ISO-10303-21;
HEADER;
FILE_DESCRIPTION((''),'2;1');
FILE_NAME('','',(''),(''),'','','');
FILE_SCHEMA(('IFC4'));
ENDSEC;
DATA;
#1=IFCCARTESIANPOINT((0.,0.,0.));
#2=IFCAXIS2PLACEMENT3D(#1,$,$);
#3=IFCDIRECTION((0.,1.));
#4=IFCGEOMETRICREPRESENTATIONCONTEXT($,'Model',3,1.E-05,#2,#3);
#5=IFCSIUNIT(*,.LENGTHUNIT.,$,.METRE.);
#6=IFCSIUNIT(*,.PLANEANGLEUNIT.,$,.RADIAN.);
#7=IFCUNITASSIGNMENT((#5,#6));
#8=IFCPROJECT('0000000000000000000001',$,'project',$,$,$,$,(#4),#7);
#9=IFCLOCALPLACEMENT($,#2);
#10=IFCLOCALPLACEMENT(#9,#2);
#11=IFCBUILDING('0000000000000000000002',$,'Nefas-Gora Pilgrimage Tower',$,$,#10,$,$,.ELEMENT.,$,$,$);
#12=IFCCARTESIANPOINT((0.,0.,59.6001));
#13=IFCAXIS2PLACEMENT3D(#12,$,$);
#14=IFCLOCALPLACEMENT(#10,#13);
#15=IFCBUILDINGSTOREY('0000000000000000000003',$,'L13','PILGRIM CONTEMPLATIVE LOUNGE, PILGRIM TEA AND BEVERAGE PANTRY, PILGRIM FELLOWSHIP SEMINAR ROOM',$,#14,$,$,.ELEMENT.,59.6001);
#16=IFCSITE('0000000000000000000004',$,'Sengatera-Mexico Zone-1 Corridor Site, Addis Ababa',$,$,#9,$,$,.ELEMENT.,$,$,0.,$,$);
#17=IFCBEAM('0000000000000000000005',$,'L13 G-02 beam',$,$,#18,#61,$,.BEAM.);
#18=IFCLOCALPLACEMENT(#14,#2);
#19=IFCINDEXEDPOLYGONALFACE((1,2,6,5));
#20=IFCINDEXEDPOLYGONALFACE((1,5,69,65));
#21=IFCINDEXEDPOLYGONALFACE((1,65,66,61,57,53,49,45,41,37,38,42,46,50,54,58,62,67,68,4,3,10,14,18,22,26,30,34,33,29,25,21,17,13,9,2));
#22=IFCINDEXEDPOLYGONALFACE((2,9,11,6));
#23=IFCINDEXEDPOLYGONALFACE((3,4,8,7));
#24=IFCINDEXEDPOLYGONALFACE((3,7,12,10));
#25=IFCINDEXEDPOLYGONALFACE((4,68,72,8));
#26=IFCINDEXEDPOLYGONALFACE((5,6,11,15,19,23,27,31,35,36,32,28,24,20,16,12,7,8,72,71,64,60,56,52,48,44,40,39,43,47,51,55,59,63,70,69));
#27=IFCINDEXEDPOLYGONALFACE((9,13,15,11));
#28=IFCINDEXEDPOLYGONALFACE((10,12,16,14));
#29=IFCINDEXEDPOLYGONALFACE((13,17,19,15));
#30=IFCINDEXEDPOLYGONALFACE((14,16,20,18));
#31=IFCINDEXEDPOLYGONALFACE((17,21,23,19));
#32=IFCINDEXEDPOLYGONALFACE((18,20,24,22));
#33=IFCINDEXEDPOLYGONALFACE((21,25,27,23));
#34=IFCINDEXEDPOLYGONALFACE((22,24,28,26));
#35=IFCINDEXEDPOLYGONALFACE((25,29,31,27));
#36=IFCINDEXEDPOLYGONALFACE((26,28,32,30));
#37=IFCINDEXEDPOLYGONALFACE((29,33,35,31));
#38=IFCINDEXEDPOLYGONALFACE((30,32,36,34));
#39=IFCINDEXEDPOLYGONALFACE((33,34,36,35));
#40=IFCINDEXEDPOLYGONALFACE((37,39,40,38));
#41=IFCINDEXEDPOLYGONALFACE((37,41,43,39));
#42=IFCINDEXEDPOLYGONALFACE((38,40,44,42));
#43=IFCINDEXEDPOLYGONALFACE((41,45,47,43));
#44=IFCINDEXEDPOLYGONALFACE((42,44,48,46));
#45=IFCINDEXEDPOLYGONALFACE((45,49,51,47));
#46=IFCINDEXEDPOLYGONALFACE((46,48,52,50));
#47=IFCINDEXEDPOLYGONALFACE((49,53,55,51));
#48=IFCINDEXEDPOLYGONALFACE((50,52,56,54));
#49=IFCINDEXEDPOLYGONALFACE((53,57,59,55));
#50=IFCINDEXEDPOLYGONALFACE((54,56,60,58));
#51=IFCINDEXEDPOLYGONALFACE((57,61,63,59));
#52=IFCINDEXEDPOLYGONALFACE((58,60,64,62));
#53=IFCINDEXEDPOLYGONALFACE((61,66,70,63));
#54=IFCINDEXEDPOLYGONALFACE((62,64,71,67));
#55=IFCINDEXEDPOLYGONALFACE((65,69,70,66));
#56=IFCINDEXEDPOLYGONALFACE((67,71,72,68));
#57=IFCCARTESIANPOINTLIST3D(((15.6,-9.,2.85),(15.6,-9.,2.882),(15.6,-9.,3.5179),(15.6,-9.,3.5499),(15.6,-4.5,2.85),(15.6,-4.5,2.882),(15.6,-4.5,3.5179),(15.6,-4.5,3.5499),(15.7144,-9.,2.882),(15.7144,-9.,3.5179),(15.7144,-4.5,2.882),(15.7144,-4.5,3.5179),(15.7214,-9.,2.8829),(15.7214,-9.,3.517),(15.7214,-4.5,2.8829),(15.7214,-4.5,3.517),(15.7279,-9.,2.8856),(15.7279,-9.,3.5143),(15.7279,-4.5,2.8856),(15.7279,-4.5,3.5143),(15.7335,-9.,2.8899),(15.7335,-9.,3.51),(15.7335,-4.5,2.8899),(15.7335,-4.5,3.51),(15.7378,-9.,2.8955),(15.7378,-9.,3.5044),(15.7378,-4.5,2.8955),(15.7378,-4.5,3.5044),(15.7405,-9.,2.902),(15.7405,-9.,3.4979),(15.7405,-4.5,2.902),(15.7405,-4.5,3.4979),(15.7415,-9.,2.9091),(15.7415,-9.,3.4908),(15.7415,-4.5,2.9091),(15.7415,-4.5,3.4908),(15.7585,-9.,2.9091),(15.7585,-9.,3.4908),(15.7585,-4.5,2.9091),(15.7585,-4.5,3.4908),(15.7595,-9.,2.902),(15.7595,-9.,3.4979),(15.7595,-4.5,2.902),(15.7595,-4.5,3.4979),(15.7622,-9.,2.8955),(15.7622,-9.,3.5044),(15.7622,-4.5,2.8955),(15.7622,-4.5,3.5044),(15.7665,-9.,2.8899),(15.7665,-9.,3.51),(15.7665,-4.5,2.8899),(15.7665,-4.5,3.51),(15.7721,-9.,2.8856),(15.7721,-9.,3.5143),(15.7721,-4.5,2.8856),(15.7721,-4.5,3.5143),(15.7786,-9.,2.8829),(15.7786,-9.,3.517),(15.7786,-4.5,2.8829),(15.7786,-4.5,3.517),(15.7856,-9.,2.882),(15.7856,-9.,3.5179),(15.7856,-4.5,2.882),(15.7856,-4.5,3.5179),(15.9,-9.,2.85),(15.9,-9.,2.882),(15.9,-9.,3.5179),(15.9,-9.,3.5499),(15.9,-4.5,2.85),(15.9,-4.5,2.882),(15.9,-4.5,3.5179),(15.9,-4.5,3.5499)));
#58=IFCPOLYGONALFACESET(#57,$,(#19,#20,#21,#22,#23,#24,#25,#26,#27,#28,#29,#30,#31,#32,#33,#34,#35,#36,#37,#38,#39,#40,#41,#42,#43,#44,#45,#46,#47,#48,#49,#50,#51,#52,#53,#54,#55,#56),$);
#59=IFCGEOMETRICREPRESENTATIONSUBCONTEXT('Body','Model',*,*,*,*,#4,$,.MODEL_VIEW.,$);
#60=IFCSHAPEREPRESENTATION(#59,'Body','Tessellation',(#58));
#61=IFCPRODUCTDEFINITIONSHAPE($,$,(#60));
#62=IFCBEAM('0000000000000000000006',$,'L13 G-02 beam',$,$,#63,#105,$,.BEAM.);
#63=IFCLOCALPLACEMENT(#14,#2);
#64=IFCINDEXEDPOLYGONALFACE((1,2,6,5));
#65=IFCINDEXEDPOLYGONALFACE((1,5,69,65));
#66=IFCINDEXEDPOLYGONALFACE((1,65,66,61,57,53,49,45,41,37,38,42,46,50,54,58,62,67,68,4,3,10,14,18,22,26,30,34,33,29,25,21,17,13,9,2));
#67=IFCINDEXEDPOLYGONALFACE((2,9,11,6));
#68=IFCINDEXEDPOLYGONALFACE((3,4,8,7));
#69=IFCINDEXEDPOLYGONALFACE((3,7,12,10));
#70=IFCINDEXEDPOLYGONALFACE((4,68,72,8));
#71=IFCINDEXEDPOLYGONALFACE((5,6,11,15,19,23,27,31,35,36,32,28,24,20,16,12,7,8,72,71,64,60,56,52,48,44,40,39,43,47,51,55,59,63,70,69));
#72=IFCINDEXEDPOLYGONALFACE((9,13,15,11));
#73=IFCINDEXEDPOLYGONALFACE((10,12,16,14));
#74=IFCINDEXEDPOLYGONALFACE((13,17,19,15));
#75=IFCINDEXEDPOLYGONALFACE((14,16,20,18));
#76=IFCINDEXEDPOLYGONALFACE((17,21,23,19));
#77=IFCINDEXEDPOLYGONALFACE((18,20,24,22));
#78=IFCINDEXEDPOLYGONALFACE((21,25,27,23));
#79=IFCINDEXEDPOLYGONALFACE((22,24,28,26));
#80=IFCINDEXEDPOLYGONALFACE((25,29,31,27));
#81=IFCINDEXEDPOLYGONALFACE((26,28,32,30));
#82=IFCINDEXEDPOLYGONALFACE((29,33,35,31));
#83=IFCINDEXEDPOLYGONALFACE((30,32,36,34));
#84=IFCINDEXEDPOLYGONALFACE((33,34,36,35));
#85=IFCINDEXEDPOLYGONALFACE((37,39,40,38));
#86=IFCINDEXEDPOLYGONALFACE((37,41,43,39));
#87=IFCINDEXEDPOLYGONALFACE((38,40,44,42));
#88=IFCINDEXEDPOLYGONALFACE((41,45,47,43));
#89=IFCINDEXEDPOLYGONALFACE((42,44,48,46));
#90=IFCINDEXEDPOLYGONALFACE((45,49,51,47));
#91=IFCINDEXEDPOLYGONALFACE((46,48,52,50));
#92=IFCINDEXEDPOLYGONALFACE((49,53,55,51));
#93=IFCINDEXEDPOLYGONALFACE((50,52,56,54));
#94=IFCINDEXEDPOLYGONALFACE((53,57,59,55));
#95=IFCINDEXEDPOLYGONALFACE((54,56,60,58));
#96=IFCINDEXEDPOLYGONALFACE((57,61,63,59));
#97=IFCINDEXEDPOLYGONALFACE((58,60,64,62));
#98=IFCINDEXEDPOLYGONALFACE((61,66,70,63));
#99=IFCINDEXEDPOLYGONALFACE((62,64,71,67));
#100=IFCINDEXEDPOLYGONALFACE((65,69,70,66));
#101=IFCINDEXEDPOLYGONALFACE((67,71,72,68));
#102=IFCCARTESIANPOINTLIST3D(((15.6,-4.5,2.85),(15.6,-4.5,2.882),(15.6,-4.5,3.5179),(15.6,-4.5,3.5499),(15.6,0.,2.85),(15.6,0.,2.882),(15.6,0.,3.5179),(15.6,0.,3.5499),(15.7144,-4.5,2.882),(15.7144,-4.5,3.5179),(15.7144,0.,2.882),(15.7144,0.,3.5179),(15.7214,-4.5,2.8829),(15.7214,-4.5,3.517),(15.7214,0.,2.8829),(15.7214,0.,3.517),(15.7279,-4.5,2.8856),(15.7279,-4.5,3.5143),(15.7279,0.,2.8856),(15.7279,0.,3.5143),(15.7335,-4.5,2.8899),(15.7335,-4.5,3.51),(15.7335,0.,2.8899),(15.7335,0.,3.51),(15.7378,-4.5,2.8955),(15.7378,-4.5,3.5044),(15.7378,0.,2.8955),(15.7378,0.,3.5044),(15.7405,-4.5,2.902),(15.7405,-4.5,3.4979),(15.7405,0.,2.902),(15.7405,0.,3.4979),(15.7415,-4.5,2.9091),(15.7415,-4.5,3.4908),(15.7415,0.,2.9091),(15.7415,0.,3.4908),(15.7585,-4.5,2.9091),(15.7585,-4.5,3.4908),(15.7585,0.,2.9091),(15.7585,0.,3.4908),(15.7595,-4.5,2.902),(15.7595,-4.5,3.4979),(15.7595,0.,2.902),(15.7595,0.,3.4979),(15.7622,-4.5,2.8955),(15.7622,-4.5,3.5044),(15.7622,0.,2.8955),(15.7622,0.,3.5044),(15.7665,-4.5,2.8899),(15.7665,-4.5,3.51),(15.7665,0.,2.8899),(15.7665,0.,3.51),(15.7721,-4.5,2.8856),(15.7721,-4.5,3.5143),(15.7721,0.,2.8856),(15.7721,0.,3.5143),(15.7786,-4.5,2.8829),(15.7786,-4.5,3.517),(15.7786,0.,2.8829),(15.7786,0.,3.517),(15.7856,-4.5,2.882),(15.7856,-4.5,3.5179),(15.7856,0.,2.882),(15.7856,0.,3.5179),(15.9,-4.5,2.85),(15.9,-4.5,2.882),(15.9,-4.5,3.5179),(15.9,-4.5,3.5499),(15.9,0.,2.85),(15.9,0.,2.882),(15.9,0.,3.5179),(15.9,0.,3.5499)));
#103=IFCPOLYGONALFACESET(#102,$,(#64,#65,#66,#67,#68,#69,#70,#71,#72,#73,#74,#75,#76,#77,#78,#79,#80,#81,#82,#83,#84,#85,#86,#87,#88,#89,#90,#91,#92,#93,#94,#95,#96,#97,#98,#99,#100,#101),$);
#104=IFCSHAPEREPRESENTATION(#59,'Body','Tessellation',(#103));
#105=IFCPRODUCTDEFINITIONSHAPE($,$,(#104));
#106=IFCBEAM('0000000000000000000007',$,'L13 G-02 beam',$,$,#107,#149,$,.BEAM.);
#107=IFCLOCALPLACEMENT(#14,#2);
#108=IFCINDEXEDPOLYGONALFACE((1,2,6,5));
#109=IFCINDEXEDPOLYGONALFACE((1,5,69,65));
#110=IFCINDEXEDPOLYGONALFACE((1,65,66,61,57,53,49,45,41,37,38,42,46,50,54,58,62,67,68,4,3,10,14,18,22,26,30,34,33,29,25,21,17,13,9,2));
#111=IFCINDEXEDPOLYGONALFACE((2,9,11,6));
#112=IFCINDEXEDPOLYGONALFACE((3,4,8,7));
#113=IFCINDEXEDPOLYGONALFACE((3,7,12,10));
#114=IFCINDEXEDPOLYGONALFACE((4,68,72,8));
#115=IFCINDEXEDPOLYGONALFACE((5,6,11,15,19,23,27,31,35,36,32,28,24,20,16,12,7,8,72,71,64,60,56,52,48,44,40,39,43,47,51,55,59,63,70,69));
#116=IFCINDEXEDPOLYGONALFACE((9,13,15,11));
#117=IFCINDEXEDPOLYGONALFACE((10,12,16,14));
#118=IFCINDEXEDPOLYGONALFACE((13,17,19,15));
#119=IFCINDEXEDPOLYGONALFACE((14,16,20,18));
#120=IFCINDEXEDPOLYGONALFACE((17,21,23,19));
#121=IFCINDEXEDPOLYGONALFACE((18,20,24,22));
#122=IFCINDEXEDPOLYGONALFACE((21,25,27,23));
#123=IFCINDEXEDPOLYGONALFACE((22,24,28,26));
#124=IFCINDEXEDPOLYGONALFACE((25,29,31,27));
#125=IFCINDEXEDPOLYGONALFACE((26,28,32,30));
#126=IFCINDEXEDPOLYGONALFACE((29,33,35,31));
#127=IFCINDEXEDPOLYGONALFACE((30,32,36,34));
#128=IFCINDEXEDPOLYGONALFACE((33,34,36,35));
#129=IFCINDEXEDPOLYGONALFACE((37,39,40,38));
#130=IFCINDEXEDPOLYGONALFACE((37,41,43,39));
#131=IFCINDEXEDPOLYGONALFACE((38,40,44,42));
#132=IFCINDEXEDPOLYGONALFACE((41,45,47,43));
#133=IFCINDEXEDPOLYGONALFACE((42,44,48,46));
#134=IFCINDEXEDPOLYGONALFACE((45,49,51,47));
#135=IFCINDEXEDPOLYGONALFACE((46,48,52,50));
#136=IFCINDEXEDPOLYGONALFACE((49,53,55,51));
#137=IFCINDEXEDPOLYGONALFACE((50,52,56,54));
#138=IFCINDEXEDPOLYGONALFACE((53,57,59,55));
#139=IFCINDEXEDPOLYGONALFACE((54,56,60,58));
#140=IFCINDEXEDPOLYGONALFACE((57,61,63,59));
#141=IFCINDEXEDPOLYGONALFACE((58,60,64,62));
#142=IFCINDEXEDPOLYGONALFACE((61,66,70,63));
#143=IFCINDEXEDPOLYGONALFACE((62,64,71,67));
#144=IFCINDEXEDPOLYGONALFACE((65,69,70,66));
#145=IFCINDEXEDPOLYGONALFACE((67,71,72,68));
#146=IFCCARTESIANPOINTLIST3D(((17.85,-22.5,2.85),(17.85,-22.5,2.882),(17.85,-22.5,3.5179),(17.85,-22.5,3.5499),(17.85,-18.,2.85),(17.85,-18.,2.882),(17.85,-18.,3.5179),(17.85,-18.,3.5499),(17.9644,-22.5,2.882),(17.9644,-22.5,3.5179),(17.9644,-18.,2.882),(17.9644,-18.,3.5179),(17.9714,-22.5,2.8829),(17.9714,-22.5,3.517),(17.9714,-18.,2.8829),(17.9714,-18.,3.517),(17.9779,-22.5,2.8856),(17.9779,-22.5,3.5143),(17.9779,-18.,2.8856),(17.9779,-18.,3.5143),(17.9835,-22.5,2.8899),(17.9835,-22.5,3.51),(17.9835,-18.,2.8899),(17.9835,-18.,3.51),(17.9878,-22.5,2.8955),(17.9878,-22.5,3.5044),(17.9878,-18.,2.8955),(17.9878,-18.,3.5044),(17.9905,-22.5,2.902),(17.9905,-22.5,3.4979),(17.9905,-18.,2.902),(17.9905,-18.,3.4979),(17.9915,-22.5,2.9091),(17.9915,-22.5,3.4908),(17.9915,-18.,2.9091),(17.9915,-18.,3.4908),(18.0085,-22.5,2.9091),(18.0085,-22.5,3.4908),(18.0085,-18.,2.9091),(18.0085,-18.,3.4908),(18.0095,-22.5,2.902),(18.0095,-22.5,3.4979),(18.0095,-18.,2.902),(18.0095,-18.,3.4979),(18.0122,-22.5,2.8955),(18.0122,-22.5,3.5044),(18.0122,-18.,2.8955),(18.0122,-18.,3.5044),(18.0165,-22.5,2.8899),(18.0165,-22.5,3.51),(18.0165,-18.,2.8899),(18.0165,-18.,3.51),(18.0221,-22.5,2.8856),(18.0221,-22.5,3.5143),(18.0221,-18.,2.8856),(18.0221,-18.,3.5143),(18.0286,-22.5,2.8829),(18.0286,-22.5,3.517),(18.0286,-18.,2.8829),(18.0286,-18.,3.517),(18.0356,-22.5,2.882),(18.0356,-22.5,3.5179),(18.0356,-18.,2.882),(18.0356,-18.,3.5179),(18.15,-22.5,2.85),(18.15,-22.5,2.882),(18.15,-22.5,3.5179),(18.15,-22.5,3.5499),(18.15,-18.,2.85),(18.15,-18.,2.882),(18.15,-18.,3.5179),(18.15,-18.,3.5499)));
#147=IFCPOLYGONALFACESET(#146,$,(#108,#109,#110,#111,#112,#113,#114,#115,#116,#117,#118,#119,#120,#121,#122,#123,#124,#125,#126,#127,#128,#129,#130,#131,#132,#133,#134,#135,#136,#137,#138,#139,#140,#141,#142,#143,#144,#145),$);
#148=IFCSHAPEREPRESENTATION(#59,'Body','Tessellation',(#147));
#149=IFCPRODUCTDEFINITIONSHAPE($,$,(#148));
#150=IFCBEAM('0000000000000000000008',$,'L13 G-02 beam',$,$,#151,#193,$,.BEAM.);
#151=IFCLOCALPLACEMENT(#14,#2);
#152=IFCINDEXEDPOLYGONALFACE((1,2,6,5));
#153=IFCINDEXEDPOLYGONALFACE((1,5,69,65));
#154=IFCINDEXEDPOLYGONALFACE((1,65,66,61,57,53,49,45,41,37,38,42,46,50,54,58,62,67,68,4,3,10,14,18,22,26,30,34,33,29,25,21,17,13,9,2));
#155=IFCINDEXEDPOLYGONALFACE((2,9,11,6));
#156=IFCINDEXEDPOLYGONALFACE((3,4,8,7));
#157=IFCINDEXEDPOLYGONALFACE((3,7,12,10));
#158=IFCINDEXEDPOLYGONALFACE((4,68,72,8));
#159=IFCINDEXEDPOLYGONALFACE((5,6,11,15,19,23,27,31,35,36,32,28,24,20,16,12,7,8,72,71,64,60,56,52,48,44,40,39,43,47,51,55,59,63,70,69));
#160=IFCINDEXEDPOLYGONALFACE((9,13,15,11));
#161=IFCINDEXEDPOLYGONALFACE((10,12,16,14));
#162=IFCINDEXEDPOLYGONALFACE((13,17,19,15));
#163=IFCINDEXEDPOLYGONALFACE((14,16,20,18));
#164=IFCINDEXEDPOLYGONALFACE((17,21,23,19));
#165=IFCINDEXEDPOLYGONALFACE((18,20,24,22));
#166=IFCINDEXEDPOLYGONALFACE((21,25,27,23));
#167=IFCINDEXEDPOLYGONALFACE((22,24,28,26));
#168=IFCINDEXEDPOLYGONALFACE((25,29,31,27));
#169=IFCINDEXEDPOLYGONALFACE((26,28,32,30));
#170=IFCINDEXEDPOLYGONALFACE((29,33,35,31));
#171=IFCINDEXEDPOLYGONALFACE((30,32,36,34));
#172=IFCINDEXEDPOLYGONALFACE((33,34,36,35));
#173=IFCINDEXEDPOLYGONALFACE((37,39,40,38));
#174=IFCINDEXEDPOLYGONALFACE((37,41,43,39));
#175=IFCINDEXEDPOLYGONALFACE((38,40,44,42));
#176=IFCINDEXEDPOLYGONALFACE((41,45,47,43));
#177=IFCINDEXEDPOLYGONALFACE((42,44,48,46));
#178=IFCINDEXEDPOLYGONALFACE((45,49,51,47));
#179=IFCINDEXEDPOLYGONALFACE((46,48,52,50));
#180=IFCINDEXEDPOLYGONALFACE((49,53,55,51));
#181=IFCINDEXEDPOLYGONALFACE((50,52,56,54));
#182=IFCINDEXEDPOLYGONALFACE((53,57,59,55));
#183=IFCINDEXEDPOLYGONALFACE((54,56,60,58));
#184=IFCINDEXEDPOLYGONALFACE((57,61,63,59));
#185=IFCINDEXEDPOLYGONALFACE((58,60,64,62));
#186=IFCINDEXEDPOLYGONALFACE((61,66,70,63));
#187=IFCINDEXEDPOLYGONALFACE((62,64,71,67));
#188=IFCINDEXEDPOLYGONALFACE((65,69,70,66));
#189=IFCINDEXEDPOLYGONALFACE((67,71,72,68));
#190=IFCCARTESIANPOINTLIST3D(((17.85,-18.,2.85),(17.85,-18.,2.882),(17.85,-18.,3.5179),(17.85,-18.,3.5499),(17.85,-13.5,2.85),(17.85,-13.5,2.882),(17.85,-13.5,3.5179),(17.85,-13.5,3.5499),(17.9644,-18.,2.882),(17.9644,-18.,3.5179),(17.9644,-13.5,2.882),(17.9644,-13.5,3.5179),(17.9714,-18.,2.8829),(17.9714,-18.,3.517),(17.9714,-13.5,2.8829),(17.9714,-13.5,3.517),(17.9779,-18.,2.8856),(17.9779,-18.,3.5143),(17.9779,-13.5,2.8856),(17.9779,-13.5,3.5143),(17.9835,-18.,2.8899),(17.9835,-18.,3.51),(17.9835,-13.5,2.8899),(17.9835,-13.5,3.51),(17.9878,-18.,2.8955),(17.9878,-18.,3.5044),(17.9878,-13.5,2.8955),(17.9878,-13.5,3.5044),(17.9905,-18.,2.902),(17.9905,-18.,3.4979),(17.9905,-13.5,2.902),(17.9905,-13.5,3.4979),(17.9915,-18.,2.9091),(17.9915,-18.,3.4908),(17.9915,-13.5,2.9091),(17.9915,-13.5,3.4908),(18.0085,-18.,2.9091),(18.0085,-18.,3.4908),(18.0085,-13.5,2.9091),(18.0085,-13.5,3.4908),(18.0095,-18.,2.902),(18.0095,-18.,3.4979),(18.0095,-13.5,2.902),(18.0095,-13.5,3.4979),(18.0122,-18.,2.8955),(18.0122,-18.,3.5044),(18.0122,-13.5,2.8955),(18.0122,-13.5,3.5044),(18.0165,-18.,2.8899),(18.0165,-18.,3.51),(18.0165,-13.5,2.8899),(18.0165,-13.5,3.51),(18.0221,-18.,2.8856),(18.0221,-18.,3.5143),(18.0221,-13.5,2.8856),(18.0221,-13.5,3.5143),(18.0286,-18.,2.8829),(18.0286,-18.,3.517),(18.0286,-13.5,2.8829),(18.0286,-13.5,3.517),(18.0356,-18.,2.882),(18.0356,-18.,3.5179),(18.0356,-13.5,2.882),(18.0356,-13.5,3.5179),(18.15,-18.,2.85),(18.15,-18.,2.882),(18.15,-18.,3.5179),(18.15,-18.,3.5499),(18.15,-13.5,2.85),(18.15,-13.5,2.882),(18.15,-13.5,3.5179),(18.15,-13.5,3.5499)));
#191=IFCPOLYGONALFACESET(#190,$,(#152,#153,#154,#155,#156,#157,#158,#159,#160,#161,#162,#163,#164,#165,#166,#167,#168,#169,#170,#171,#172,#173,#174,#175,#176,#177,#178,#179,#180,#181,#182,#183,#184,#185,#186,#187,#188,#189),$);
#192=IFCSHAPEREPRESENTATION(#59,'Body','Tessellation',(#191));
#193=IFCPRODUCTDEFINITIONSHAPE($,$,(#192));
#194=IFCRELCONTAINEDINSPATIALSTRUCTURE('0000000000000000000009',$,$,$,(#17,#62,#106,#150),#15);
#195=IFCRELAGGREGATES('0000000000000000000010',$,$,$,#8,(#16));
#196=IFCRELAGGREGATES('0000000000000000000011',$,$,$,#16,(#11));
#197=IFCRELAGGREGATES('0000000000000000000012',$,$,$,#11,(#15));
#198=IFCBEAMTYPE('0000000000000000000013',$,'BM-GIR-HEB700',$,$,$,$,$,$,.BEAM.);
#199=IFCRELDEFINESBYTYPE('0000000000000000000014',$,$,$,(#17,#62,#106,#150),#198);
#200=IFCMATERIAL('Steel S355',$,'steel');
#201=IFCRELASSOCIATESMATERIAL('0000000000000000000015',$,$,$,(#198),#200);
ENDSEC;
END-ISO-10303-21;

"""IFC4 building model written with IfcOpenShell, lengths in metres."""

from ifc_helpers import new_model, si_unit, direction, frame, origin, origin_2d, place, context, subcontext, project, spatial, i_section, extrude, source, transform, mapped, material, material_profile, profile_set, type_object, element, save


model = new_model("IFC4")

# Units and contexts
model_context = context("Model", 3, precision=1e-05, world=origin(), true_north=direction((0.0, 1.0)))
body_context = subcontext(model_context, "Body", "Model", "MODEL_VIEW")
ifc_project = project(units=[si_unit("LENGTHUNIT", "METRE"), si_unit("PLANEANGLEUNIT", "RADIAN")], contexts=[model_context])

# Site, building, storey
site_placement = place(None, origin())
site = spatial("IfcSite", under=ifc_project, at=site_placement, Name="Sengatera-Mexico Zone-1 Corridor Site, Addis Ababa", CompositionType="ELEMENT", RefElevation=0.0)
building_placement = place(site_placement, origin())
building = spatial("IfcBuilding", under=site, at=building_placement, Name="Nefas-Gora Pilgrimage Tower", CompositionType="ELEMENT")
storey_placement = place(building_placement, frame((0.0, 0.0, 59.6001)))
storey = spatial("IfcBuildingStorey", under=building, at=storey_placement, Name="L13", Description="PILGRIM CONTEMPLATIVE LOUNGE, PILGRIM TEA AND BEVERAGE PANTRY, PILGRIM FELLOWSHIP SEMINAR ROOM", CompositionType="ELEMENT", Elevation=59.6001)

# Beams
ifc_material_1 = material(Name="Steel S355", Category="steel")
ifc_material_profile_1 = material_profile(ifc_material_1, i_section(OverallWidth=0.3, OverallDepth=0.7, WebThickness=0.0171, FlangeThickness=0.032, FilletRadius=0.0271, at=origin_2d()), Name="HEB 700")
ifc_profile_set_1 = profile_set([ifc_material_profile_1], Name="Steel S355")
beam_type_1 = type_object("IfcBeamType", Name="BM-GIR-HEB700", PredefinedType="BEAM", material=ifc_profile_set_1)
shared_shape_1 = source(origin(), body_context, "Body", "SweptSolid", [
    extrude(i_section(OverallWidth=0.3, OverallDepth=0.7, WebThickness=0.0171, FlangeThickness=0.032, FilletRadius=0.0271, at=origin_2d()), origin(), (0.0, 0.0, 1.0), 4.5),
])
for number, where, z_axis, x_axis, name in (
    (1, (15.75, -9.0, 3.2), (0.0, 1.0, 0.0), (-1.0, 0.0, 0.0), "L13 G-02 beam"),
    (2, (15.75, -4.5, 3.2), (0.0, 1.0, 0.0), (-1.0, 0.0, 0.0), "L13 G-02 beam"),
    (3, (18.0, -22.5, 3.2), (0.0, 1.0, 0.0), (-1.0, 0.0, 0.0), "L13 G-02 beam"),
    (4, (18.0, -18.0, 3.2), (0.0, 1.0, 0.0), (-1.0, 0.0, 0.0), "L13 G-02 beam"),
):
    element("IfcBeam", number, at=place(storey_placement, frame(where, z_axis=z_axis, x_axis=x_axis)), inside=storey, type_object=beam_type_1, Name=name, PredefinedType="BEAM", context=body_context, shape_type="MappedRepresentation", body=[
        mapped(shared_shape_1, transform((0.0, 0.0, 0.0), x_axis=(1.0, 0.0, 0.0), y_axis=(0.0, 1.0, 0.0), z_axis=(0.0, 0.0, 1.0), scale=1.0)),
    ])

save(model, "model.ifc")
